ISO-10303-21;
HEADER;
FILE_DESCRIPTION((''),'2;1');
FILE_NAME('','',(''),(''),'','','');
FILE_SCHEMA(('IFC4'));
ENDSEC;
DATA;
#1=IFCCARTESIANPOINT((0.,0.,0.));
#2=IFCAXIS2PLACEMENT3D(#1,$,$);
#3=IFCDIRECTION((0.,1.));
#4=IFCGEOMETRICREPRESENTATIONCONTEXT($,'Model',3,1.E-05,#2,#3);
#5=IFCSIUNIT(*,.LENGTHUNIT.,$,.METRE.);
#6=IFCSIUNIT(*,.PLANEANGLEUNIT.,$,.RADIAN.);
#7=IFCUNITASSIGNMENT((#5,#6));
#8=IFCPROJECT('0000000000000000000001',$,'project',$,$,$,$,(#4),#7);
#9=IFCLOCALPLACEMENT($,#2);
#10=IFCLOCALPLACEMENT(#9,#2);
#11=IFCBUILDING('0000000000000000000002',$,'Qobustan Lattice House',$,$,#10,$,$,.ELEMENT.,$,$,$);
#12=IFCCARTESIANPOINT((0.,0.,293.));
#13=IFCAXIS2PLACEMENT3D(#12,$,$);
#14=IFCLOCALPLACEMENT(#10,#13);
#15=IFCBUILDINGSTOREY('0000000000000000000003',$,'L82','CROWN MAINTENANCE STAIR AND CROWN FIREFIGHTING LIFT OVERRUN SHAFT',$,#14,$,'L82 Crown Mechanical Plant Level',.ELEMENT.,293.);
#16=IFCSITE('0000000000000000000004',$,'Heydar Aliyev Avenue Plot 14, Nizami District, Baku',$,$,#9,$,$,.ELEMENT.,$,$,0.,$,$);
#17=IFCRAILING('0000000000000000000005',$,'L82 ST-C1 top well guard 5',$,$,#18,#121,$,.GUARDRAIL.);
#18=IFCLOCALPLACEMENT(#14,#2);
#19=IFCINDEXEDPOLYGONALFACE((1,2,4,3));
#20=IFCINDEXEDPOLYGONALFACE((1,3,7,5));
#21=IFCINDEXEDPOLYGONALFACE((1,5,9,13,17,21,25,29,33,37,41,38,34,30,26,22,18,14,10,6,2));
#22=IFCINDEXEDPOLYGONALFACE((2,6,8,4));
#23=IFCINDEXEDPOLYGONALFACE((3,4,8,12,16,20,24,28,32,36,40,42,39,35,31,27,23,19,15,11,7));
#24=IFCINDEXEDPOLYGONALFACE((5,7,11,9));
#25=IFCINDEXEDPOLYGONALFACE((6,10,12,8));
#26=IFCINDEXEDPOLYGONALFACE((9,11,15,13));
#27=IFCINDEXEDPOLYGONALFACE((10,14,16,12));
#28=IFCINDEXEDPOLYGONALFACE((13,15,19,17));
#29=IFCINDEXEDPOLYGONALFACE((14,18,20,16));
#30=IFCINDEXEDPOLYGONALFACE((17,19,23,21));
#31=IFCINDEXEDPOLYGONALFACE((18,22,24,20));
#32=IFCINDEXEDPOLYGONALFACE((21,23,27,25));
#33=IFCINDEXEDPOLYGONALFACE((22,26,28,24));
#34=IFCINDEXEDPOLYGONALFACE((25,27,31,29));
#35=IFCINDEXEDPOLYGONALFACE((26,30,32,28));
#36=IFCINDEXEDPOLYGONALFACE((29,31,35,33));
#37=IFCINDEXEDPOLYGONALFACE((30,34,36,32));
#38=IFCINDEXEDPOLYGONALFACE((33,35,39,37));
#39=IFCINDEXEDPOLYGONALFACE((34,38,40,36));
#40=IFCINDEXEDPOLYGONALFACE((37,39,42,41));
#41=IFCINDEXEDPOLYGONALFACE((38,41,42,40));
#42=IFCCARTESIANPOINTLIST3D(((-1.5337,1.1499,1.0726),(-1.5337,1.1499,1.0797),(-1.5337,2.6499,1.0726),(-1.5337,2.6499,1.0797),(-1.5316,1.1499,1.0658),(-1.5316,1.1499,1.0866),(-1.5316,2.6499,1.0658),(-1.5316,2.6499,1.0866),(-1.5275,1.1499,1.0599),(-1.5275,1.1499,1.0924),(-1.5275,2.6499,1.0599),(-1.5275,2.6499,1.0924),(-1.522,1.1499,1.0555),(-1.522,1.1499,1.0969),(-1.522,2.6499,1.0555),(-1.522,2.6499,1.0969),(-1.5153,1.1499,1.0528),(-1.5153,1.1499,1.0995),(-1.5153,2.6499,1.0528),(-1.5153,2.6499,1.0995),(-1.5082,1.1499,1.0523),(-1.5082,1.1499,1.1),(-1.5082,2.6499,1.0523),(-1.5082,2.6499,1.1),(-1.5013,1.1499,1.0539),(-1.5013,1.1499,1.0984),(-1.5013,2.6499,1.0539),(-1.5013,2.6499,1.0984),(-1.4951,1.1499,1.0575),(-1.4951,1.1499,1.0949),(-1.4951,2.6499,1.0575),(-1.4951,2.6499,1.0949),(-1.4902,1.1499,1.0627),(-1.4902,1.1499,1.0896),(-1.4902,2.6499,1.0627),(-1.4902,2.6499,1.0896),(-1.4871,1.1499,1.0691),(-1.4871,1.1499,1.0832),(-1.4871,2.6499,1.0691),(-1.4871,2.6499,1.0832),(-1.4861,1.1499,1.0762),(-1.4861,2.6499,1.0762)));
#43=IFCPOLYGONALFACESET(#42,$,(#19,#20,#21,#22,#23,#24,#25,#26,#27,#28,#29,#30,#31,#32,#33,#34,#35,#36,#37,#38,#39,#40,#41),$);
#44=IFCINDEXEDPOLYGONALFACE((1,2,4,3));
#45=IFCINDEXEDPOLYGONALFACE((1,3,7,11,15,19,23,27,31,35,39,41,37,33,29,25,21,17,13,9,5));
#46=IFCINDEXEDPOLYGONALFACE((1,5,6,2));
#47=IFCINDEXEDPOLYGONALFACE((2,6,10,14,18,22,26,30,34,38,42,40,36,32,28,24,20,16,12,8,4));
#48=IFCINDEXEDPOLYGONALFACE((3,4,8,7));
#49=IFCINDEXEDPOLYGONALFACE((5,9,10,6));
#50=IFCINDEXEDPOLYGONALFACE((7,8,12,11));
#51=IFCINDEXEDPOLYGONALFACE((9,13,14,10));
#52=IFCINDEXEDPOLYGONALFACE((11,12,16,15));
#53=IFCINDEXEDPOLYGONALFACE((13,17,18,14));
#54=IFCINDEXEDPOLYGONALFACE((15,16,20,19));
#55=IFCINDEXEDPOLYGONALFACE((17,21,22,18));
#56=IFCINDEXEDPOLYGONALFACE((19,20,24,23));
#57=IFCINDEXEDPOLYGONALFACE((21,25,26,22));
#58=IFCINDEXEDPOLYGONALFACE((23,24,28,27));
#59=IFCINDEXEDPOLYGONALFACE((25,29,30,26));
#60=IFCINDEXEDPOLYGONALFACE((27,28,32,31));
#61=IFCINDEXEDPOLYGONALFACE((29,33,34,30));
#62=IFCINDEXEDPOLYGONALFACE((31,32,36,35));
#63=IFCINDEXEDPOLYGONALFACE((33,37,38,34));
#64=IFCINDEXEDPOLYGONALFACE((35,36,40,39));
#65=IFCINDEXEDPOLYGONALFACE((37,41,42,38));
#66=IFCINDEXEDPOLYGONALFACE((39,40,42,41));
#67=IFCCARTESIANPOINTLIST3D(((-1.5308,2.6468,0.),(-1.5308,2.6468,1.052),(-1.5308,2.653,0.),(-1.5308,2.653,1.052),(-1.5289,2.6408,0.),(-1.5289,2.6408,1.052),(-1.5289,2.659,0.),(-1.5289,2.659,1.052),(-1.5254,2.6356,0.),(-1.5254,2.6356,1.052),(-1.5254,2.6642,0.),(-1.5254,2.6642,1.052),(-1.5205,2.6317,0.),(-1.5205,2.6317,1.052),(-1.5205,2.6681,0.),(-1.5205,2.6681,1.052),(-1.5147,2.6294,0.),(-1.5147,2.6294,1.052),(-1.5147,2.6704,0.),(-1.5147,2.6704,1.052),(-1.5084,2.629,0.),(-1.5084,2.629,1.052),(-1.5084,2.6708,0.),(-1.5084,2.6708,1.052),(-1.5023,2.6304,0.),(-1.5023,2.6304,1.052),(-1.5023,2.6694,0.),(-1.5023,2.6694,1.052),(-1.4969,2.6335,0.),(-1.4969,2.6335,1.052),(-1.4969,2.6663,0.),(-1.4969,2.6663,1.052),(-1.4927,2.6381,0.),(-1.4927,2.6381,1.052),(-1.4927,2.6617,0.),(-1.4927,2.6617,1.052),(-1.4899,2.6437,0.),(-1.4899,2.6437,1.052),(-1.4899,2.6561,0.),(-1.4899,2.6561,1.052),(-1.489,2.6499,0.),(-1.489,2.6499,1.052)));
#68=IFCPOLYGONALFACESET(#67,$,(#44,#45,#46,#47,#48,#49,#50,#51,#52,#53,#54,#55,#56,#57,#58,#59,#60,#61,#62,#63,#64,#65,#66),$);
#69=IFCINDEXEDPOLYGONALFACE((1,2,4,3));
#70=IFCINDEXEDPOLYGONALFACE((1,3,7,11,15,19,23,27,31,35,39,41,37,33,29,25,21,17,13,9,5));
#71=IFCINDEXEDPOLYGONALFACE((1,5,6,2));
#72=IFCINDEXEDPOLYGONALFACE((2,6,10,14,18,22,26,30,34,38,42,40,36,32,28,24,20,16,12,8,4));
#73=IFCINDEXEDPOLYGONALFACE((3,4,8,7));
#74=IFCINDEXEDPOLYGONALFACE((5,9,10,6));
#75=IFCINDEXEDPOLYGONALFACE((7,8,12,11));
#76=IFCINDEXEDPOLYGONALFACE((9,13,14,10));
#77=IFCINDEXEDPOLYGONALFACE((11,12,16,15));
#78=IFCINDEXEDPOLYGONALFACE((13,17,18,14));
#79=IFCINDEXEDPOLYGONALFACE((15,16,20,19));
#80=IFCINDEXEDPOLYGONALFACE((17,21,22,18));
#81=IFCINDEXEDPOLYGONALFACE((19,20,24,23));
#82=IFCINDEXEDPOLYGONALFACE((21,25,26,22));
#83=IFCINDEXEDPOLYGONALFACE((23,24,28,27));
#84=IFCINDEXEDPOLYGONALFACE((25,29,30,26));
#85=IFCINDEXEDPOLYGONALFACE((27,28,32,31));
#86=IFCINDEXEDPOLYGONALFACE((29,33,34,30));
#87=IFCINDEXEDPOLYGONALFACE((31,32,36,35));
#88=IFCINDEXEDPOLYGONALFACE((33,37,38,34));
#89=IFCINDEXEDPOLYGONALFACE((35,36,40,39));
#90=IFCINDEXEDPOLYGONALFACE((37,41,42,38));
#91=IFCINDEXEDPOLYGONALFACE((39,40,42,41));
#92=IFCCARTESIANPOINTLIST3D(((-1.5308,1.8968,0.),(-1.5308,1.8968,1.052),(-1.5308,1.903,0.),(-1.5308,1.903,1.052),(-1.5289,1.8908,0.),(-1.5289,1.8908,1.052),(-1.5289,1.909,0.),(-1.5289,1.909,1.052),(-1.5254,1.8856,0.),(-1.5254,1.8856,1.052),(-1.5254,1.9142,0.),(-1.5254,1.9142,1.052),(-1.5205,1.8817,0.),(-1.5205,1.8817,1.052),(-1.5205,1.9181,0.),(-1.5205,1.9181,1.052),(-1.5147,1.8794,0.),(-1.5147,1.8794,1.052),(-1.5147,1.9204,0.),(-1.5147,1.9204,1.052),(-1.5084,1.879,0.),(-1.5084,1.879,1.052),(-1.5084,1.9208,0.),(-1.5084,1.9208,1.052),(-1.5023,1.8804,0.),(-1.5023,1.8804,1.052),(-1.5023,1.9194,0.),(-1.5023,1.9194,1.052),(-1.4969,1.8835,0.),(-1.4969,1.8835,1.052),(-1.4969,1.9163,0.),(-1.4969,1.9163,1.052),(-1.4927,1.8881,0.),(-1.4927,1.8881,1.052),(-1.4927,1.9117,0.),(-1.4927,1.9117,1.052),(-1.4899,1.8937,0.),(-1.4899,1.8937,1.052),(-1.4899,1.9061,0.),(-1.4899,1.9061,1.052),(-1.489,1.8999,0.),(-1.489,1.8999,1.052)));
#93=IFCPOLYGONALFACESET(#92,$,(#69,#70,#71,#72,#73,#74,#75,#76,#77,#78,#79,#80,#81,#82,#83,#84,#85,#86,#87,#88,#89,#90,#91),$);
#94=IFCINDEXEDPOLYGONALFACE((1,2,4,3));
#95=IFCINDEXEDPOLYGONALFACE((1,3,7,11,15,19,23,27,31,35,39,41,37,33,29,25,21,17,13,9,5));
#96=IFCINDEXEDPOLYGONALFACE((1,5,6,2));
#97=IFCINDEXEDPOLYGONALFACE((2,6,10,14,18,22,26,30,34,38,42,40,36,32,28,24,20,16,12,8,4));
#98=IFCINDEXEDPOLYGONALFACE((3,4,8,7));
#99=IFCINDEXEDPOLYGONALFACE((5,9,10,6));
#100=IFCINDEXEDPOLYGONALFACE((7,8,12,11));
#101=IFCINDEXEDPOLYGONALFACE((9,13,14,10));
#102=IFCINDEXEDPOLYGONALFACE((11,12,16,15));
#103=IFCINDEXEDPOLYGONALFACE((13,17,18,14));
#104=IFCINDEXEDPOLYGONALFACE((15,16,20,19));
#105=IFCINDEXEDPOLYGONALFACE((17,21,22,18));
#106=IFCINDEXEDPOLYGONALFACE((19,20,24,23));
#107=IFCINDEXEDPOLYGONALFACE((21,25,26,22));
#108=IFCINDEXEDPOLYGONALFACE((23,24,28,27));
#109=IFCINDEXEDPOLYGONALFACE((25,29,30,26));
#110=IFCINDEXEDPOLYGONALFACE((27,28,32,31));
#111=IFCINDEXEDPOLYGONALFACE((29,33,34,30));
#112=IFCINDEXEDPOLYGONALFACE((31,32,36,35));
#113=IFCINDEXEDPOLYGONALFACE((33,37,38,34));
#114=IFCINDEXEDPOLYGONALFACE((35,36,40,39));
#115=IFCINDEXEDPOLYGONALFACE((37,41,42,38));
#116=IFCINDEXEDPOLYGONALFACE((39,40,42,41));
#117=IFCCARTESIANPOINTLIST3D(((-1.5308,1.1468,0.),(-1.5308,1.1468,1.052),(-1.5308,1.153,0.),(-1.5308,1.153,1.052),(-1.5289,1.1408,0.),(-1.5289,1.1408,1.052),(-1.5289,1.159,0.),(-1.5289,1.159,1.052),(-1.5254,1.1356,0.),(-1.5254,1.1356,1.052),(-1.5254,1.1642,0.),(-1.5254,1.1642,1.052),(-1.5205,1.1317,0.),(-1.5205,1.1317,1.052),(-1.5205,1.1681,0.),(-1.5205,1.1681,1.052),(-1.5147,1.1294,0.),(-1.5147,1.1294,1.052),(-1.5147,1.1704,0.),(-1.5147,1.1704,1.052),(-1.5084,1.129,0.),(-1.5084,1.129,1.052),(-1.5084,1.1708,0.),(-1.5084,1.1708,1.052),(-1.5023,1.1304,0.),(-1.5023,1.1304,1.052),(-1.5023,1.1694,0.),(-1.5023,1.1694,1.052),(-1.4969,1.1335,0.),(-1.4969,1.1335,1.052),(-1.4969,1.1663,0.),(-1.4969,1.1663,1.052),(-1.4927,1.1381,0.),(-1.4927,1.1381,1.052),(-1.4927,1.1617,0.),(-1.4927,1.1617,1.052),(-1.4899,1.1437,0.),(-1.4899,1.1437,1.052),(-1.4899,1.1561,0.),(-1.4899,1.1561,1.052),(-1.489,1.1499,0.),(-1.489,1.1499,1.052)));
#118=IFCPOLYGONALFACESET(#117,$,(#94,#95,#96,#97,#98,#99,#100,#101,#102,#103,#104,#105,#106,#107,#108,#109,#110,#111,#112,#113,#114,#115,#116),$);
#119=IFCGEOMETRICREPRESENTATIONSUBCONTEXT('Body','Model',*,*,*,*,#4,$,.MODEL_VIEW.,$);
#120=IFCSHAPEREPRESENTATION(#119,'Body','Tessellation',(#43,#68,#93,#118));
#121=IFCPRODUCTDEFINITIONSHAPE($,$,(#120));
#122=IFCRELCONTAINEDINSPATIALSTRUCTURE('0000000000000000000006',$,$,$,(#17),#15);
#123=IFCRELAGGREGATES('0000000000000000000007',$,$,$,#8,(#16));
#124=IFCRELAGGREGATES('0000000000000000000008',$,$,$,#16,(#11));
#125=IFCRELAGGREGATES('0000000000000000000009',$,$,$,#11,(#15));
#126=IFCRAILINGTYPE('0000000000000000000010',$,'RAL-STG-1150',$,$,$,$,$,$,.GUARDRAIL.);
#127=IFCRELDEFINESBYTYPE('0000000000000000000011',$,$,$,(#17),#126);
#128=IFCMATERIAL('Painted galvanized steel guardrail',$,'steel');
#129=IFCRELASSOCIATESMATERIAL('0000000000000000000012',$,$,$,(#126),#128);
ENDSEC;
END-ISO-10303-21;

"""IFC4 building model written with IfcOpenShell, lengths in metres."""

from ifc_helpers import new_model, si_unit, direction, frame, origin, origin_2d, place, context, subcontext, project, spatial, circle, extrude, material, type_object, element, save


model = new_model("IFC4")

# Units and contexts
model_context = context("Model", 3, precision=1e-05, world=origin(), true_north=direction((0.0, 1.0)))
body_context = subcontext(model_context, "Body", "Model", "MODEL_VIEW")
ifc_project = project(units=[si_unit("LENGTHUNIT", "METRE"), si_unit("PLANEANGLEUNIT", "RADIAN")], contexts=[model_context])

# Site, building, storey
site_placement = place(None, origin())
site = spatial("IfcSite", under=ifc_project, at=site_placement, Name="Heydar Aliyev Avenue Plot 14, Nizami District, Baku", CompositionType="ELEMENT", RefElevation=0.0)
building_placement = place(site_placement, origin())
building = spatial("IfcBuilding", under=site, at=building_placement, Name="Qobustan Lattice House", CompositionType="ELEMENT")
storey_placement = place(building_placement, frame((0.0, 0.0, 293.0)))
storey = spatial("IfcBuildingStorey", under=building, at=storey_placement, Name="L82", Description="CROWN MAINTENANCE STAIR AND CROWN FIREFIGHTING LIFT OVERRUN SHAFT", LongName="L82 Crown Mechanical Plant Level", CompositionType="ELEMENT", Elevation=293.0)

# Railing
ifc_material_1 = material(Name="Painted galvanized steel guardrail", Category="steel")
railing_type = type_object("IfcRailingType", Name="RAL-STG-1150", PredefinedType="GUARDRAIL", material=ifc_material_1)
railing_1_placement = place(storey_placement, frame((-1.51, 2.6499, 0.0)))
element("IfcRailing", 1, at=railing_1_placement, inside=storey, type_object=railing_type, Name="L82 ST-C1 top well guard 5", PredefinedType="GUARDRAIL", context=body_context, shape_type="SweptSolid", body=[
    extrude(circle(Radius=0.0239, at=origin_2d()), frame((0.0, 0.0, 1.0762), z_axis=(0.0, -1.0, 0.0), x_axis=(1.0, 0.0, 0.0)), (0.0, 0.0, 1.0), 1.5),
    extrude(circle(Radius=0.021, at=origin_2d()), origin(), (0.0, 0.0, 1.0), 1.052),
    extrude(circle(Radius=0.021, at=origin_2d()), frame((0.0, -0.75, 0.0)), (0.0, 0.0, 1.0), 1.052),
    extrude(circle(Radius=0.021, at=origin_2d()), frame((0.0, -1.5, 0.0)), (0.0, 0.0, 1.0), 1.052),
])

save(model, "model.ifc")
